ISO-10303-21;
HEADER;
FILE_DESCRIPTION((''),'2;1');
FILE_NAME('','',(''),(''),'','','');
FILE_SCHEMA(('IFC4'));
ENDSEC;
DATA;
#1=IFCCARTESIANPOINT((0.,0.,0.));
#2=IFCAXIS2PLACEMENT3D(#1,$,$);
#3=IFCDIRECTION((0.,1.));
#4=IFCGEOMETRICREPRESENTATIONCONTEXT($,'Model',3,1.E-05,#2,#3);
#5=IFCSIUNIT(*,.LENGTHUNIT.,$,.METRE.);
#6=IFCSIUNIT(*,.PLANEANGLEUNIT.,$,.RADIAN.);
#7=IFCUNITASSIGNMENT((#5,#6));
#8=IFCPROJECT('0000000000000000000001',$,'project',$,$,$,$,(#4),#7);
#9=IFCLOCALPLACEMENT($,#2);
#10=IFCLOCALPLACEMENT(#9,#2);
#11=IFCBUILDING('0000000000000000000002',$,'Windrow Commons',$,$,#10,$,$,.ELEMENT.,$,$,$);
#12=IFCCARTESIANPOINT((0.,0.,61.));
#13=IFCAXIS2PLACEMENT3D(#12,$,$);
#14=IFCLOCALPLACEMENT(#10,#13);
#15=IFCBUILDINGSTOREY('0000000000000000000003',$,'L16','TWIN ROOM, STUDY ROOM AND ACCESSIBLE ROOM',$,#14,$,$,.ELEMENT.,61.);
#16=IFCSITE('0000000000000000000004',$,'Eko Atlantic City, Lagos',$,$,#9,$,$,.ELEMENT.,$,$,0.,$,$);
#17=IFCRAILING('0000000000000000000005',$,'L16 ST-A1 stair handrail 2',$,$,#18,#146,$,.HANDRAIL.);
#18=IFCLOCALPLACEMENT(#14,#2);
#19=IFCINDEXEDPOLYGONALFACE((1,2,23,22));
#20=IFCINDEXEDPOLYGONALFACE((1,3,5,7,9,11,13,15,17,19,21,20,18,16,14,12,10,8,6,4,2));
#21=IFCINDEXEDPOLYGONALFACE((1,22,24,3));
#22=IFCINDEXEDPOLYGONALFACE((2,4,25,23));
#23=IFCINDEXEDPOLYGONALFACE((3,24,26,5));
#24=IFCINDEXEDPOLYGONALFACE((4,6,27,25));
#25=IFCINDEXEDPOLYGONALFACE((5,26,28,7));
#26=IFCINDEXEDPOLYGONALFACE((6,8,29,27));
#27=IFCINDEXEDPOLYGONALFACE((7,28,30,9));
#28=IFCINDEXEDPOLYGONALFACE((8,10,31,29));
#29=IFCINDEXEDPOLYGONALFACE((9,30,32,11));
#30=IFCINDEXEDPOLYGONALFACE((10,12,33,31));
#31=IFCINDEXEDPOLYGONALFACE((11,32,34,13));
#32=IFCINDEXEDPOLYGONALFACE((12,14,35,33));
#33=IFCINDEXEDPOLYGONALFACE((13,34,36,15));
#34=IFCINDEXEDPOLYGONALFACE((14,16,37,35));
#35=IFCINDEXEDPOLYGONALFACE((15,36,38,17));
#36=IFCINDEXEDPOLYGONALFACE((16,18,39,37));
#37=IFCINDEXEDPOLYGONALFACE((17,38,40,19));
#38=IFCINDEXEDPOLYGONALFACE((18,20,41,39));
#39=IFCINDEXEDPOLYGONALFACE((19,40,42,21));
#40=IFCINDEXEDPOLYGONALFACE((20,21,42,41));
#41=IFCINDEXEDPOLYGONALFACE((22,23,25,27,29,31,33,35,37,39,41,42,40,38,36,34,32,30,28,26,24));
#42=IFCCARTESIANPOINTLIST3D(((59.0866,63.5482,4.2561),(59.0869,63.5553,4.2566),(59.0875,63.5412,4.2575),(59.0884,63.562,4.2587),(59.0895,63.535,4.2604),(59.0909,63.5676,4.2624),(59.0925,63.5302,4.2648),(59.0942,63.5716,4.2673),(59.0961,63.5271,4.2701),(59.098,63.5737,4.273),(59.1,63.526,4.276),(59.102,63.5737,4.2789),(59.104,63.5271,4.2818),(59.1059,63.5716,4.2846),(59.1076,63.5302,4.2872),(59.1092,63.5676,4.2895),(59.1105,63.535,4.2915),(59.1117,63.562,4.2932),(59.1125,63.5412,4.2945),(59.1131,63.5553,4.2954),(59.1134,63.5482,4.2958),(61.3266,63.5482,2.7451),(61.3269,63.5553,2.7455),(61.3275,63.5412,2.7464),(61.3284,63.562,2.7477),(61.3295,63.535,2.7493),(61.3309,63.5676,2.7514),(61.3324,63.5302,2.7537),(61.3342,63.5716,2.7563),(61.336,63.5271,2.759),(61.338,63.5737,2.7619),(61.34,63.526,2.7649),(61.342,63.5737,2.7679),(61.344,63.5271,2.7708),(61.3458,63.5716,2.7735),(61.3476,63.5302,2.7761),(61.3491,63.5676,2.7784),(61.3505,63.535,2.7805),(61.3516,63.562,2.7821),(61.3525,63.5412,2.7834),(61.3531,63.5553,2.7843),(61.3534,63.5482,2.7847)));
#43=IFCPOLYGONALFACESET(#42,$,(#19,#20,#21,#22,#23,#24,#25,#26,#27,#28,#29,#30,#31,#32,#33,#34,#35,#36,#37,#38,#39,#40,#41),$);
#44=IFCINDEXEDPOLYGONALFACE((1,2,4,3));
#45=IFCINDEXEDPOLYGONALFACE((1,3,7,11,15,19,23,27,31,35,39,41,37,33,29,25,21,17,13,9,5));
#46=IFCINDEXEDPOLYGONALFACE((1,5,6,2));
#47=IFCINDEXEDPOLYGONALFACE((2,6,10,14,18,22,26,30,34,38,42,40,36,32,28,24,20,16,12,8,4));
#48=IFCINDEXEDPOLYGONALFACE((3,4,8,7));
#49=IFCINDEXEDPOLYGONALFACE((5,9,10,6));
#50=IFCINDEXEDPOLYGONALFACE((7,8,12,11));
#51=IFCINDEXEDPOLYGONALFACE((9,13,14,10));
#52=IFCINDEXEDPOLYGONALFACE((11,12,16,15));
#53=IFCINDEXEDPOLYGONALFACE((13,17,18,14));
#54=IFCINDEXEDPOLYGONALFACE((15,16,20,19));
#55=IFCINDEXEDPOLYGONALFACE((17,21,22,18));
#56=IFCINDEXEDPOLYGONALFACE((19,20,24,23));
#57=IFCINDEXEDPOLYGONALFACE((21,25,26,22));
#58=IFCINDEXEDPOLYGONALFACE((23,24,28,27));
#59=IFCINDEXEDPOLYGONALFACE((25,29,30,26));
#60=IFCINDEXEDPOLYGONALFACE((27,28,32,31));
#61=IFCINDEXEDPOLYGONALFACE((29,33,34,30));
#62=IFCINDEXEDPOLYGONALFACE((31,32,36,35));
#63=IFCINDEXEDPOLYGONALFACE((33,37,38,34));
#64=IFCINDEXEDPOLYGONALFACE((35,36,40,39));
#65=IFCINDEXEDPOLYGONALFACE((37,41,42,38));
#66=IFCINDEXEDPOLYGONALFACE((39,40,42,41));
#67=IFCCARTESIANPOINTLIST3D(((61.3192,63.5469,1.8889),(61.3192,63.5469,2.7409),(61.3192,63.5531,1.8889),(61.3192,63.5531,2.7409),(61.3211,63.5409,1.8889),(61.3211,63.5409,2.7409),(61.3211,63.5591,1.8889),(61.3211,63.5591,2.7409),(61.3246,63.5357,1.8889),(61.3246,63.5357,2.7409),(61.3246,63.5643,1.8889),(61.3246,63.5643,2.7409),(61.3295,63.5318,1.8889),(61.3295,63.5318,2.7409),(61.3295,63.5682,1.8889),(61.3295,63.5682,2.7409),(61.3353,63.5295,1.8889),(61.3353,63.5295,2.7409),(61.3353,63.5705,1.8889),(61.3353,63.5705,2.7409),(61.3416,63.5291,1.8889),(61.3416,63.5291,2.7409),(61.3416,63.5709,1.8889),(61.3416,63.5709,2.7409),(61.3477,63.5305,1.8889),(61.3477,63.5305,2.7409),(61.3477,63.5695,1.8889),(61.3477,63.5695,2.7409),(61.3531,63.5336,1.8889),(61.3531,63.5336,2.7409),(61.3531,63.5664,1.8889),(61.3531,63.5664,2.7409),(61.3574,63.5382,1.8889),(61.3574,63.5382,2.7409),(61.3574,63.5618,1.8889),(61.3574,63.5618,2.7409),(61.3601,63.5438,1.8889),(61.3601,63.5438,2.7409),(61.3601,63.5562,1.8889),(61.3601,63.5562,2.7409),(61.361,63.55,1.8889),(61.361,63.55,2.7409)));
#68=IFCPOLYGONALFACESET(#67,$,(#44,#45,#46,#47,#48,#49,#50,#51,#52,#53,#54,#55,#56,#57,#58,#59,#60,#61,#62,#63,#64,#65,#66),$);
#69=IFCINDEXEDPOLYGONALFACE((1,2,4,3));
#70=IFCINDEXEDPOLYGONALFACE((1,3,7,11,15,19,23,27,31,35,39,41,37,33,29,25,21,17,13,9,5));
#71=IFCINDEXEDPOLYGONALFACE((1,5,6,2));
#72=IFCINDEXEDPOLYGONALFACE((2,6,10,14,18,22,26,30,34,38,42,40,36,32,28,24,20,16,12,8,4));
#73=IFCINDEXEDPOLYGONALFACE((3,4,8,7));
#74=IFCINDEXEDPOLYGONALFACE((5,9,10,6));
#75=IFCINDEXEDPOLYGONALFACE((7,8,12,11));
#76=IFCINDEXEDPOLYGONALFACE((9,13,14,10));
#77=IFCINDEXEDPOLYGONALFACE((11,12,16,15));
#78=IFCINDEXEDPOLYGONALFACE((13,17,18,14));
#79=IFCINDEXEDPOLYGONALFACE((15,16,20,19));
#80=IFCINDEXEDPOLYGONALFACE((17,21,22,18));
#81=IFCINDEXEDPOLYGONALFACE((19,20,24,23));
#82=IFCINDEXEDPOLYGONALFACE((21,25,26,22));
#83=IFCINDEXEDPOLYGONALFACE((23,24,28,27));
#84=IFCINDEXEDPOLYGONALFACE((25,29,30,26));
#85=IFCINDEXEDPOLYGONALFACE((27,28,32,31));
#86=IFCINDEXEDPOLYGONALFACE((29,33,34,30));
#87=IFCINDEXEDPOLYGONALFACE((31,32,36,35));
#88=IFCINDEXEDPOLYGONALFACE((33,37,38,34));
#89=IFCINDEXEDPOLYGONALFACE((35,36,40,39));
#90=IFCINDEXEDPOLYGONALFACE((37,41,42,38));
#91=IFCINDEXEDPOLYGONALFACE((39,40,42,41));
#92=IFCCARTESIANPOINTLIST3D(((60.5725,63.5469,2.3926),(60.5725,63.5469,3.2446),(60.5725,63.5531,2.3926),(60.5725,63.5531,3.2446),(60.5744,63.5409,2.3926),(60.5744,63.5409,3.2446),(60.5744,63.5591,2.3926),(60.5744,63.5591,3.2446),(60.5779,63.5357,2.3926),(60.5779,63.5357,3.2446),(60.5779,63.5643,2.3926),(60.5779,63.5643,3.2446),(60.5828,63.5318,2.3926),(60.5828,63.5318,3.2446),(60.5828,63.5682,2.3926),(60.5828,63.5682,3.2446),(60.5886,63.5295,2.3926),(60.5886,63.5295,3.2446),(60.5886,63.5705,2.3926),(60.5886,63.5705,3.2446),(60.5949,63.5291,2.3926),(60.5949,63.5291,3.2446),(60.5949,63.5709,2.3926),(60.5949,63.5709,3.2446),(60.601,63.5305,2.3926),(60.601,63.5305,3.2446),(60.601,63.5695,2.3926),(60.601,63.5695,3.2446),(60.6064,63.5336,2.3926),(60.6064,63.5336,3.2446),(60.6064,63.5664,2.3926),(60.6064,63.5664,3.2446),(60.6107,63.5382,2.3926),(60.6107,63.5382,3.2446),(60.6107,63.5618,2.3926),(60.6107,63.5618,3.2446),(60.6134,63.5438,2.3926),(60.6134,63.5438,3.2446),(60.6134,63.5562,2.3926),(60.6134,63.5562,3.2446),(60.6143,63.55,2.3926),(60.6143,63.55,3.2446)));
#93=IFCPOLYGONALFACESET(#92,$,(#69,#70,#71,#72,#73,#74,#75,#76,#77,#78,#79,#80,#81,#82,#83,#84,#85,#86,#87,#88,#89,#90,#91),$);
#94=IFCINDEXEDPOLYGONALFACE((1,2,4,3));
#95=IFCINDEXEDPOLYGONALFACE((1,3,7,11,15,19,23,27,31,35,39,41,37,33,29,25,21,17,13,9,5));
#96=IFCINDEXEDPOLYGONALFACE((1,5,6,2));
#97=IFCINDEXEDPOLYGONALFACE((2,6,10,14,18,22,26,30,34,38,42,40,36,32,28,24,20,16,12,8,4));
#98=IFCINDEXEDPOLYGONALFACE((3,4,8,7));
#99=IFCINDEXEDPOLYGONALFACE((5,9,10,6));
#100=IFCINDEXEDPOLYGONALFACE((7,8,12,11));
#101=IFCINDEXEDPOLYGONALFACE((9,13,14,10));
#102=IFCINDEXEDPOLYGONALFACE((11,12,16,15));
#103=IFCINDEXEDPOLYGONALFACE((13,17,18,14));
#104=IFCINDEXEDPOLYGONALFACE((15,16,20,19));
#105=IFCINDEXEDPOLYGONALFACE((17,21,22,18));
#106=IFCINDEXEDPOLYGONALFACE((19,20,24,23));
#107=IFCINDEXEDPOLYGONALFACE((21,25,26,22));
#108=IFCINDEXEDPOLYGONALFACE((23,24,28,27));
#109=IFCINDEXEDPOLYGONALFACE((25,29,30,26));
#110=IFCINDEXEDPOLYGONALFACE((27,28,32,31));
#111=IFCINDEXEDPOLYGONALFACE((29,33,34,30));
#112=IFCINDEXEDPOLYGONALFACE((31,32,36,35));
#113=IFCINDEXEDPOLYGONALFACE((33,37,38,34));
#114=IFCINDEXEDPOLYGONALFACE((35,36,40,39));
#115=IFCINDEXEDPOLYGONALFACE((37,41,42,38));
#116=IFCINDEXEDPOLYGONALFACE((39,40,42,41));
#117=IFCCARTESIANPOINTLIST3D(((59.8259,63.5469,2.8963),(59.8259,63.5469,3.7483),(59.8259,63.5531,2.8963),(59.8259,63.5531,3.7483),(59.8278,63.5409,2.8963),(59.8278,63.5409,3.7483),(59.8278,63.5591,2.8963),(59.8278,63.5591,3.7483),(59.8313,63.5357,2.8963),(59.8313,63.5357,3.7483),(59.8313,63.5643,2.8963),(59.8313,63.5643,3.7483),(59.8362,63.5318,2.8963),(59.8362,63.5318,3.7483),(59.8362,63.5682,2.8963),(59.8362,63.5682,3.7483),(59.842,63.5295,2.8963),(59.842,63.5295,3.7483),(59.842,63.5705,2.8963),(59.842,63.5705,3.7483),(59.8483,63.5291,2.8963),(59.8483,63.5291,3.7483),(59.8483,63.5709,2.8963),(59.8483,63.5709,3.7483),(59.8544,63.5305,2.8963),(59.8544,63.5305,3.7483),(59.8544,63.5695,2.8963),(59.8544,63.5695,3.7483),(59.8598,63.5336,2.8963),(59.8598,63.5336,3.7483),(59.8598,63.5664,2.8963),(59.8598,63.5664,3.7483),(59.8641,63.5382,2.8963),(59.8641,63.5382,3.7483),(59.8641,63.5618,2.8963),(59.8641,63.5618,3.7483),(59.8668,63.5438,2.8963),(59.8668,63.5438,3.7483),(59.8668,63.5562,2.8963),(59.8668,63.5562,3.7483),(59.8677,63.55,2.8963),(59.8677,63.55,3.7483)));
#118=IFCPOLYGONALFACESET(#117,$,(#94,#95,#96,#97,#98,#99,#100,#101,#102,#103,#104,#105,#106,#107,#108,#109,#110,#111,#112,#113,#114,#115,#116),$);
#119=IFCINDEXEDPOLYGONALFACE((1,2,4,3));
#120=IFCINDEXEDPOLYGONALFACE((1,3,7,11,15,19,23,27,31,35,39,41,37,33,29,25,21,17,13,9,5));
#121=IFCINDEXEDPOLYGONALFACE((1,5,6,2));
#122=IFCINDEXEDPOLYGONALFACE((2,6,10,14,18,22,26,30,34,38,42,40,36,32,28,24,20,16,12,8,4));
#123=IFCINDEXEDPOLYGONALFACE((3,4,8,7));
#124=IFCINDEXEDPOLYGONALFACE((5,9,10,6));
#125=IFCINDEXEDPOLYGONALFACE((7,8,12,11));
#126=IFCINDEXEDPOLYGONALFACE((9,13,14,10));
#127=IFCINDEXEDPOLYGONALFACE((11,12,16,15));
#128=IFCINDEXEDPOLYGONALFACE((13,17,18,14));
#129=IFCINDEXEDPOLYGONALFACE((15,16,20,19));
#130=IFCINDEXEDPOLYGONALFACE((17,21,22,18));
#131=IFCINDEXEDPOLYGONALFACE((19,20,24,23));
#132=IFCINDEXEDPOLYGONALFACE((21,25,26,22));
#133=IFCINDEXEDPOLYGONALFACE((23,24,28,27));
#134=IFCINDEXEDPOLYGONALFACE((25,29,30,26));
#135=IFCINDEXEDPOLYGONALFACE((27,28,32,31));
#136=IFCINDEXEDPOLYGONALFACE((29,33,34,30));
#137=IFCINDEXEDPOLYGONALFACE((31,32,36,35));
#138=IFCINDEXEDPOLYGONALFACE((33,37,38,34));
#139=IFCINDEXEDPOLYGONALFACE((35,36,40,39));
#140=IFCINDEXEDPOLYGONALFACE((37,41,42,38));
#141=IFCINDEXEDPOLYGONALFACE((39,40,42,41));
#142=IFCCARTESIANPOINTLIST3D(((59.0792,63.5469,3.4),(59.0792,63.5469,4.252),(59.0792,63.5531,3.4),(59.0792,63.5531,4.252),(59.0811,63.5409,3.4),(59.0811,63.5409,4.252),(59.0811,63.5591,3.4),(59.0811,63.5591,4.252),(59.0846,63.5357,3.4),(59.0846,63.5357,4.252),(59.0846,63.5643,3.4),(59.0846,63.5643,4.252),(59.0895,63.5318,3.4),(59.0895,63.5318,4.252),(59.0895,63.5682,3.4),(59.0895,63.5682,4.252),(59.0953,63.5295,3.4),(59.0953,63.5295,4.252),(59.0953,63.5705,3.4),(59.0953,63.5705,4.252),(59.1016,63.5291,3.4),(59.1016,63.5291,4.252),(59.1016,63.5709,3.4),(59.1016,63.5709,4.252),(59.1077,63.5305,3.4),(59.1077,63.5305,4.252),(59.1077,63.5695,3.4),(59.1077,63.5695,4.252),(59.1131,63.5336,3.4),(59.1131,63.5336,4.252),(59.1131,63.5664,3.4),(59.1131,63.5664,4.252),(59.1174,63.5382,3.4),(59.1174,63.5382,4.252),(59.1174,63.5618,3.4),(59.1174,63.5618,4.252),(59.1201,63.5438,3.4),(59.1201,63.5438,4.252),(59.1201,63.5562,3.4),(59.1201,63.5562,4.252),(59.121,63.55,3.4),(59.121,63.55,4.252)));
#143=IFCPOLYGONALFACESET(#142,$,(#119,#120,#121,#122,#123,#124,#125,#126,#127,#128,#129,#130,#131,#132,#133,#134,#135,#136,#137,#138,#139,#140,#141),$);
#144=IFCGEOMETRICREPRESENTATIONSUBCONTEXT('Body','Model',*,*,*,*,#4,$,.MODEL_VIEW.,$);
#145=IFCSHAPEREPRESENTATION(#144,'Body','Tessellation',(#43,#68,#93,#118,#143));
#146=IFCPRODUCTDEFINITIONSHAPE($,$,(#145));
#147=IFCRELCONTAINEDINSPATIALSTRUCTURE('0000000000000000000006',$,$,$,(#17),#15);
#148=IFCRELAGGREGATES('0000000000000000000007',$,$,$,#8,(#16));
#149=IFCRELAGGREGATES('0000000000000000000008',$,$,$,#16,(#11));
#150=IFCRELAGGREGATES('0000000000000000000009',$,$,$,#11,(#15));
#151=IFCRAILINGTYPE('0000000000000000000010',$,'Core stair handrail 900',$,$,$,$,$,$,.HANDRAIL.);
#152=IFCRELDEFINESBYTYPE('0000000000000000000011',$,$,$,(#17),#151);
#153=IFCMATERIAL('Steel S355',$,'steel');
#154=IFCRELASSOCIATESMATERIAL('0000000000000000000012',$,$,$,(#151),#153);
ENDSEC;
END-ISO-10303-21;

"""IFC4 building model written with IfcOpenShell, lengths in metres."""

from ifc_helpers import new_model, si_unit, direction, frame, origin, origin_2d, place, context, subcontext, project, spatial, circle, extrude, material, type_object, element, save


model = new_model("IFC4")

# Units and contexts
model_context = context("Model", 3, precision=1e-05, world=origin(), true_north=direction((0.0, 1.0)))
body_context = subcontext(model_context, "Body", "Model", "MODEL_VIEW")
ifc_project = project(units=[si_unit("LENGTHUNIT", "METRE"), si_unit("PLANEANGLEUNIT", "RADIAN")], contexts=[model_context])

# Site, building, storey
site_placement = place(None, origin())
site = spatial("IfcSite", under=ifc_project, at=site_placement, Name="Eko Atlantic City, Lagos", CompositionType="ELEMENT", RefElevation=0.0)
building_placement = place(site_placement, origin())
building = spatial("IfcBuilding", under=site, at=building_placement, Name="Windrow Commons", CompositionType="ELEMENT")
storey_placement = place(building_placement, frame((0.0, 0.0, 61.0)))
storey = spatial("IfcBuildingStorey", under=building, at=storey_placement, Name="L16", Description="TWIN ROOM, STUDY ROOM AND ACCESSIBLE ROOM", CompositionType="ELEMENT", Elevation=61.0)

# Railing
ifc_material_1 = material(Name="Steel S355", Category="steel")
railing_type_1 = type_object("IfcRailingType", Name="Core stair handrail 900", PredefinedType="HANDRAIL", material=ifc_material_1)
for number, where, name in (
    (1, (61.34, 63.55, 1.8889), "L16 ST-A1 stair handrail 2"),
):
    element("IfcRailing", number, at=place(storey_placement, frame(where)), inside=storey, type_object=railing_type_1, Name=name, PredefinedType="HANDRAIL", context=body_context, shape_type="SweptSolid", body=[
        extrude(circle(Radius=0.024, at=origin_2d()), frame((0.0, 0.0, 0.876), z_axis=(-0.829003, 0.0, 0.559244), x_axis=(0.0, -1.0, 0.0)), (0.0, 0.0, 1.0), 2.702),
        extrude(circle(Radius=0.021, at=origin_2d()), origin(), (0.0, 0.0, 1.0), 0.852),
        extrude(circle(Radius=0.021, at=origin_2d()), frame((-0.7467, 0.0, 0.5037)), (0.0, 0.0, 1.0), 0.852),
        extrude(circle(Radius=0.021, at=origin_2d()), frame((-1.4933, 0.0, 1.0074)), (0.0, 0.0, 1.0), 0.852),
        extrude(circle(Radius=0.021, at=origin_2d()), frame((-2.24, 0.0, 1.5111)), (0.0, 0.0, 1.0), 0.852),
    ])

save(model, "model.ifc")
